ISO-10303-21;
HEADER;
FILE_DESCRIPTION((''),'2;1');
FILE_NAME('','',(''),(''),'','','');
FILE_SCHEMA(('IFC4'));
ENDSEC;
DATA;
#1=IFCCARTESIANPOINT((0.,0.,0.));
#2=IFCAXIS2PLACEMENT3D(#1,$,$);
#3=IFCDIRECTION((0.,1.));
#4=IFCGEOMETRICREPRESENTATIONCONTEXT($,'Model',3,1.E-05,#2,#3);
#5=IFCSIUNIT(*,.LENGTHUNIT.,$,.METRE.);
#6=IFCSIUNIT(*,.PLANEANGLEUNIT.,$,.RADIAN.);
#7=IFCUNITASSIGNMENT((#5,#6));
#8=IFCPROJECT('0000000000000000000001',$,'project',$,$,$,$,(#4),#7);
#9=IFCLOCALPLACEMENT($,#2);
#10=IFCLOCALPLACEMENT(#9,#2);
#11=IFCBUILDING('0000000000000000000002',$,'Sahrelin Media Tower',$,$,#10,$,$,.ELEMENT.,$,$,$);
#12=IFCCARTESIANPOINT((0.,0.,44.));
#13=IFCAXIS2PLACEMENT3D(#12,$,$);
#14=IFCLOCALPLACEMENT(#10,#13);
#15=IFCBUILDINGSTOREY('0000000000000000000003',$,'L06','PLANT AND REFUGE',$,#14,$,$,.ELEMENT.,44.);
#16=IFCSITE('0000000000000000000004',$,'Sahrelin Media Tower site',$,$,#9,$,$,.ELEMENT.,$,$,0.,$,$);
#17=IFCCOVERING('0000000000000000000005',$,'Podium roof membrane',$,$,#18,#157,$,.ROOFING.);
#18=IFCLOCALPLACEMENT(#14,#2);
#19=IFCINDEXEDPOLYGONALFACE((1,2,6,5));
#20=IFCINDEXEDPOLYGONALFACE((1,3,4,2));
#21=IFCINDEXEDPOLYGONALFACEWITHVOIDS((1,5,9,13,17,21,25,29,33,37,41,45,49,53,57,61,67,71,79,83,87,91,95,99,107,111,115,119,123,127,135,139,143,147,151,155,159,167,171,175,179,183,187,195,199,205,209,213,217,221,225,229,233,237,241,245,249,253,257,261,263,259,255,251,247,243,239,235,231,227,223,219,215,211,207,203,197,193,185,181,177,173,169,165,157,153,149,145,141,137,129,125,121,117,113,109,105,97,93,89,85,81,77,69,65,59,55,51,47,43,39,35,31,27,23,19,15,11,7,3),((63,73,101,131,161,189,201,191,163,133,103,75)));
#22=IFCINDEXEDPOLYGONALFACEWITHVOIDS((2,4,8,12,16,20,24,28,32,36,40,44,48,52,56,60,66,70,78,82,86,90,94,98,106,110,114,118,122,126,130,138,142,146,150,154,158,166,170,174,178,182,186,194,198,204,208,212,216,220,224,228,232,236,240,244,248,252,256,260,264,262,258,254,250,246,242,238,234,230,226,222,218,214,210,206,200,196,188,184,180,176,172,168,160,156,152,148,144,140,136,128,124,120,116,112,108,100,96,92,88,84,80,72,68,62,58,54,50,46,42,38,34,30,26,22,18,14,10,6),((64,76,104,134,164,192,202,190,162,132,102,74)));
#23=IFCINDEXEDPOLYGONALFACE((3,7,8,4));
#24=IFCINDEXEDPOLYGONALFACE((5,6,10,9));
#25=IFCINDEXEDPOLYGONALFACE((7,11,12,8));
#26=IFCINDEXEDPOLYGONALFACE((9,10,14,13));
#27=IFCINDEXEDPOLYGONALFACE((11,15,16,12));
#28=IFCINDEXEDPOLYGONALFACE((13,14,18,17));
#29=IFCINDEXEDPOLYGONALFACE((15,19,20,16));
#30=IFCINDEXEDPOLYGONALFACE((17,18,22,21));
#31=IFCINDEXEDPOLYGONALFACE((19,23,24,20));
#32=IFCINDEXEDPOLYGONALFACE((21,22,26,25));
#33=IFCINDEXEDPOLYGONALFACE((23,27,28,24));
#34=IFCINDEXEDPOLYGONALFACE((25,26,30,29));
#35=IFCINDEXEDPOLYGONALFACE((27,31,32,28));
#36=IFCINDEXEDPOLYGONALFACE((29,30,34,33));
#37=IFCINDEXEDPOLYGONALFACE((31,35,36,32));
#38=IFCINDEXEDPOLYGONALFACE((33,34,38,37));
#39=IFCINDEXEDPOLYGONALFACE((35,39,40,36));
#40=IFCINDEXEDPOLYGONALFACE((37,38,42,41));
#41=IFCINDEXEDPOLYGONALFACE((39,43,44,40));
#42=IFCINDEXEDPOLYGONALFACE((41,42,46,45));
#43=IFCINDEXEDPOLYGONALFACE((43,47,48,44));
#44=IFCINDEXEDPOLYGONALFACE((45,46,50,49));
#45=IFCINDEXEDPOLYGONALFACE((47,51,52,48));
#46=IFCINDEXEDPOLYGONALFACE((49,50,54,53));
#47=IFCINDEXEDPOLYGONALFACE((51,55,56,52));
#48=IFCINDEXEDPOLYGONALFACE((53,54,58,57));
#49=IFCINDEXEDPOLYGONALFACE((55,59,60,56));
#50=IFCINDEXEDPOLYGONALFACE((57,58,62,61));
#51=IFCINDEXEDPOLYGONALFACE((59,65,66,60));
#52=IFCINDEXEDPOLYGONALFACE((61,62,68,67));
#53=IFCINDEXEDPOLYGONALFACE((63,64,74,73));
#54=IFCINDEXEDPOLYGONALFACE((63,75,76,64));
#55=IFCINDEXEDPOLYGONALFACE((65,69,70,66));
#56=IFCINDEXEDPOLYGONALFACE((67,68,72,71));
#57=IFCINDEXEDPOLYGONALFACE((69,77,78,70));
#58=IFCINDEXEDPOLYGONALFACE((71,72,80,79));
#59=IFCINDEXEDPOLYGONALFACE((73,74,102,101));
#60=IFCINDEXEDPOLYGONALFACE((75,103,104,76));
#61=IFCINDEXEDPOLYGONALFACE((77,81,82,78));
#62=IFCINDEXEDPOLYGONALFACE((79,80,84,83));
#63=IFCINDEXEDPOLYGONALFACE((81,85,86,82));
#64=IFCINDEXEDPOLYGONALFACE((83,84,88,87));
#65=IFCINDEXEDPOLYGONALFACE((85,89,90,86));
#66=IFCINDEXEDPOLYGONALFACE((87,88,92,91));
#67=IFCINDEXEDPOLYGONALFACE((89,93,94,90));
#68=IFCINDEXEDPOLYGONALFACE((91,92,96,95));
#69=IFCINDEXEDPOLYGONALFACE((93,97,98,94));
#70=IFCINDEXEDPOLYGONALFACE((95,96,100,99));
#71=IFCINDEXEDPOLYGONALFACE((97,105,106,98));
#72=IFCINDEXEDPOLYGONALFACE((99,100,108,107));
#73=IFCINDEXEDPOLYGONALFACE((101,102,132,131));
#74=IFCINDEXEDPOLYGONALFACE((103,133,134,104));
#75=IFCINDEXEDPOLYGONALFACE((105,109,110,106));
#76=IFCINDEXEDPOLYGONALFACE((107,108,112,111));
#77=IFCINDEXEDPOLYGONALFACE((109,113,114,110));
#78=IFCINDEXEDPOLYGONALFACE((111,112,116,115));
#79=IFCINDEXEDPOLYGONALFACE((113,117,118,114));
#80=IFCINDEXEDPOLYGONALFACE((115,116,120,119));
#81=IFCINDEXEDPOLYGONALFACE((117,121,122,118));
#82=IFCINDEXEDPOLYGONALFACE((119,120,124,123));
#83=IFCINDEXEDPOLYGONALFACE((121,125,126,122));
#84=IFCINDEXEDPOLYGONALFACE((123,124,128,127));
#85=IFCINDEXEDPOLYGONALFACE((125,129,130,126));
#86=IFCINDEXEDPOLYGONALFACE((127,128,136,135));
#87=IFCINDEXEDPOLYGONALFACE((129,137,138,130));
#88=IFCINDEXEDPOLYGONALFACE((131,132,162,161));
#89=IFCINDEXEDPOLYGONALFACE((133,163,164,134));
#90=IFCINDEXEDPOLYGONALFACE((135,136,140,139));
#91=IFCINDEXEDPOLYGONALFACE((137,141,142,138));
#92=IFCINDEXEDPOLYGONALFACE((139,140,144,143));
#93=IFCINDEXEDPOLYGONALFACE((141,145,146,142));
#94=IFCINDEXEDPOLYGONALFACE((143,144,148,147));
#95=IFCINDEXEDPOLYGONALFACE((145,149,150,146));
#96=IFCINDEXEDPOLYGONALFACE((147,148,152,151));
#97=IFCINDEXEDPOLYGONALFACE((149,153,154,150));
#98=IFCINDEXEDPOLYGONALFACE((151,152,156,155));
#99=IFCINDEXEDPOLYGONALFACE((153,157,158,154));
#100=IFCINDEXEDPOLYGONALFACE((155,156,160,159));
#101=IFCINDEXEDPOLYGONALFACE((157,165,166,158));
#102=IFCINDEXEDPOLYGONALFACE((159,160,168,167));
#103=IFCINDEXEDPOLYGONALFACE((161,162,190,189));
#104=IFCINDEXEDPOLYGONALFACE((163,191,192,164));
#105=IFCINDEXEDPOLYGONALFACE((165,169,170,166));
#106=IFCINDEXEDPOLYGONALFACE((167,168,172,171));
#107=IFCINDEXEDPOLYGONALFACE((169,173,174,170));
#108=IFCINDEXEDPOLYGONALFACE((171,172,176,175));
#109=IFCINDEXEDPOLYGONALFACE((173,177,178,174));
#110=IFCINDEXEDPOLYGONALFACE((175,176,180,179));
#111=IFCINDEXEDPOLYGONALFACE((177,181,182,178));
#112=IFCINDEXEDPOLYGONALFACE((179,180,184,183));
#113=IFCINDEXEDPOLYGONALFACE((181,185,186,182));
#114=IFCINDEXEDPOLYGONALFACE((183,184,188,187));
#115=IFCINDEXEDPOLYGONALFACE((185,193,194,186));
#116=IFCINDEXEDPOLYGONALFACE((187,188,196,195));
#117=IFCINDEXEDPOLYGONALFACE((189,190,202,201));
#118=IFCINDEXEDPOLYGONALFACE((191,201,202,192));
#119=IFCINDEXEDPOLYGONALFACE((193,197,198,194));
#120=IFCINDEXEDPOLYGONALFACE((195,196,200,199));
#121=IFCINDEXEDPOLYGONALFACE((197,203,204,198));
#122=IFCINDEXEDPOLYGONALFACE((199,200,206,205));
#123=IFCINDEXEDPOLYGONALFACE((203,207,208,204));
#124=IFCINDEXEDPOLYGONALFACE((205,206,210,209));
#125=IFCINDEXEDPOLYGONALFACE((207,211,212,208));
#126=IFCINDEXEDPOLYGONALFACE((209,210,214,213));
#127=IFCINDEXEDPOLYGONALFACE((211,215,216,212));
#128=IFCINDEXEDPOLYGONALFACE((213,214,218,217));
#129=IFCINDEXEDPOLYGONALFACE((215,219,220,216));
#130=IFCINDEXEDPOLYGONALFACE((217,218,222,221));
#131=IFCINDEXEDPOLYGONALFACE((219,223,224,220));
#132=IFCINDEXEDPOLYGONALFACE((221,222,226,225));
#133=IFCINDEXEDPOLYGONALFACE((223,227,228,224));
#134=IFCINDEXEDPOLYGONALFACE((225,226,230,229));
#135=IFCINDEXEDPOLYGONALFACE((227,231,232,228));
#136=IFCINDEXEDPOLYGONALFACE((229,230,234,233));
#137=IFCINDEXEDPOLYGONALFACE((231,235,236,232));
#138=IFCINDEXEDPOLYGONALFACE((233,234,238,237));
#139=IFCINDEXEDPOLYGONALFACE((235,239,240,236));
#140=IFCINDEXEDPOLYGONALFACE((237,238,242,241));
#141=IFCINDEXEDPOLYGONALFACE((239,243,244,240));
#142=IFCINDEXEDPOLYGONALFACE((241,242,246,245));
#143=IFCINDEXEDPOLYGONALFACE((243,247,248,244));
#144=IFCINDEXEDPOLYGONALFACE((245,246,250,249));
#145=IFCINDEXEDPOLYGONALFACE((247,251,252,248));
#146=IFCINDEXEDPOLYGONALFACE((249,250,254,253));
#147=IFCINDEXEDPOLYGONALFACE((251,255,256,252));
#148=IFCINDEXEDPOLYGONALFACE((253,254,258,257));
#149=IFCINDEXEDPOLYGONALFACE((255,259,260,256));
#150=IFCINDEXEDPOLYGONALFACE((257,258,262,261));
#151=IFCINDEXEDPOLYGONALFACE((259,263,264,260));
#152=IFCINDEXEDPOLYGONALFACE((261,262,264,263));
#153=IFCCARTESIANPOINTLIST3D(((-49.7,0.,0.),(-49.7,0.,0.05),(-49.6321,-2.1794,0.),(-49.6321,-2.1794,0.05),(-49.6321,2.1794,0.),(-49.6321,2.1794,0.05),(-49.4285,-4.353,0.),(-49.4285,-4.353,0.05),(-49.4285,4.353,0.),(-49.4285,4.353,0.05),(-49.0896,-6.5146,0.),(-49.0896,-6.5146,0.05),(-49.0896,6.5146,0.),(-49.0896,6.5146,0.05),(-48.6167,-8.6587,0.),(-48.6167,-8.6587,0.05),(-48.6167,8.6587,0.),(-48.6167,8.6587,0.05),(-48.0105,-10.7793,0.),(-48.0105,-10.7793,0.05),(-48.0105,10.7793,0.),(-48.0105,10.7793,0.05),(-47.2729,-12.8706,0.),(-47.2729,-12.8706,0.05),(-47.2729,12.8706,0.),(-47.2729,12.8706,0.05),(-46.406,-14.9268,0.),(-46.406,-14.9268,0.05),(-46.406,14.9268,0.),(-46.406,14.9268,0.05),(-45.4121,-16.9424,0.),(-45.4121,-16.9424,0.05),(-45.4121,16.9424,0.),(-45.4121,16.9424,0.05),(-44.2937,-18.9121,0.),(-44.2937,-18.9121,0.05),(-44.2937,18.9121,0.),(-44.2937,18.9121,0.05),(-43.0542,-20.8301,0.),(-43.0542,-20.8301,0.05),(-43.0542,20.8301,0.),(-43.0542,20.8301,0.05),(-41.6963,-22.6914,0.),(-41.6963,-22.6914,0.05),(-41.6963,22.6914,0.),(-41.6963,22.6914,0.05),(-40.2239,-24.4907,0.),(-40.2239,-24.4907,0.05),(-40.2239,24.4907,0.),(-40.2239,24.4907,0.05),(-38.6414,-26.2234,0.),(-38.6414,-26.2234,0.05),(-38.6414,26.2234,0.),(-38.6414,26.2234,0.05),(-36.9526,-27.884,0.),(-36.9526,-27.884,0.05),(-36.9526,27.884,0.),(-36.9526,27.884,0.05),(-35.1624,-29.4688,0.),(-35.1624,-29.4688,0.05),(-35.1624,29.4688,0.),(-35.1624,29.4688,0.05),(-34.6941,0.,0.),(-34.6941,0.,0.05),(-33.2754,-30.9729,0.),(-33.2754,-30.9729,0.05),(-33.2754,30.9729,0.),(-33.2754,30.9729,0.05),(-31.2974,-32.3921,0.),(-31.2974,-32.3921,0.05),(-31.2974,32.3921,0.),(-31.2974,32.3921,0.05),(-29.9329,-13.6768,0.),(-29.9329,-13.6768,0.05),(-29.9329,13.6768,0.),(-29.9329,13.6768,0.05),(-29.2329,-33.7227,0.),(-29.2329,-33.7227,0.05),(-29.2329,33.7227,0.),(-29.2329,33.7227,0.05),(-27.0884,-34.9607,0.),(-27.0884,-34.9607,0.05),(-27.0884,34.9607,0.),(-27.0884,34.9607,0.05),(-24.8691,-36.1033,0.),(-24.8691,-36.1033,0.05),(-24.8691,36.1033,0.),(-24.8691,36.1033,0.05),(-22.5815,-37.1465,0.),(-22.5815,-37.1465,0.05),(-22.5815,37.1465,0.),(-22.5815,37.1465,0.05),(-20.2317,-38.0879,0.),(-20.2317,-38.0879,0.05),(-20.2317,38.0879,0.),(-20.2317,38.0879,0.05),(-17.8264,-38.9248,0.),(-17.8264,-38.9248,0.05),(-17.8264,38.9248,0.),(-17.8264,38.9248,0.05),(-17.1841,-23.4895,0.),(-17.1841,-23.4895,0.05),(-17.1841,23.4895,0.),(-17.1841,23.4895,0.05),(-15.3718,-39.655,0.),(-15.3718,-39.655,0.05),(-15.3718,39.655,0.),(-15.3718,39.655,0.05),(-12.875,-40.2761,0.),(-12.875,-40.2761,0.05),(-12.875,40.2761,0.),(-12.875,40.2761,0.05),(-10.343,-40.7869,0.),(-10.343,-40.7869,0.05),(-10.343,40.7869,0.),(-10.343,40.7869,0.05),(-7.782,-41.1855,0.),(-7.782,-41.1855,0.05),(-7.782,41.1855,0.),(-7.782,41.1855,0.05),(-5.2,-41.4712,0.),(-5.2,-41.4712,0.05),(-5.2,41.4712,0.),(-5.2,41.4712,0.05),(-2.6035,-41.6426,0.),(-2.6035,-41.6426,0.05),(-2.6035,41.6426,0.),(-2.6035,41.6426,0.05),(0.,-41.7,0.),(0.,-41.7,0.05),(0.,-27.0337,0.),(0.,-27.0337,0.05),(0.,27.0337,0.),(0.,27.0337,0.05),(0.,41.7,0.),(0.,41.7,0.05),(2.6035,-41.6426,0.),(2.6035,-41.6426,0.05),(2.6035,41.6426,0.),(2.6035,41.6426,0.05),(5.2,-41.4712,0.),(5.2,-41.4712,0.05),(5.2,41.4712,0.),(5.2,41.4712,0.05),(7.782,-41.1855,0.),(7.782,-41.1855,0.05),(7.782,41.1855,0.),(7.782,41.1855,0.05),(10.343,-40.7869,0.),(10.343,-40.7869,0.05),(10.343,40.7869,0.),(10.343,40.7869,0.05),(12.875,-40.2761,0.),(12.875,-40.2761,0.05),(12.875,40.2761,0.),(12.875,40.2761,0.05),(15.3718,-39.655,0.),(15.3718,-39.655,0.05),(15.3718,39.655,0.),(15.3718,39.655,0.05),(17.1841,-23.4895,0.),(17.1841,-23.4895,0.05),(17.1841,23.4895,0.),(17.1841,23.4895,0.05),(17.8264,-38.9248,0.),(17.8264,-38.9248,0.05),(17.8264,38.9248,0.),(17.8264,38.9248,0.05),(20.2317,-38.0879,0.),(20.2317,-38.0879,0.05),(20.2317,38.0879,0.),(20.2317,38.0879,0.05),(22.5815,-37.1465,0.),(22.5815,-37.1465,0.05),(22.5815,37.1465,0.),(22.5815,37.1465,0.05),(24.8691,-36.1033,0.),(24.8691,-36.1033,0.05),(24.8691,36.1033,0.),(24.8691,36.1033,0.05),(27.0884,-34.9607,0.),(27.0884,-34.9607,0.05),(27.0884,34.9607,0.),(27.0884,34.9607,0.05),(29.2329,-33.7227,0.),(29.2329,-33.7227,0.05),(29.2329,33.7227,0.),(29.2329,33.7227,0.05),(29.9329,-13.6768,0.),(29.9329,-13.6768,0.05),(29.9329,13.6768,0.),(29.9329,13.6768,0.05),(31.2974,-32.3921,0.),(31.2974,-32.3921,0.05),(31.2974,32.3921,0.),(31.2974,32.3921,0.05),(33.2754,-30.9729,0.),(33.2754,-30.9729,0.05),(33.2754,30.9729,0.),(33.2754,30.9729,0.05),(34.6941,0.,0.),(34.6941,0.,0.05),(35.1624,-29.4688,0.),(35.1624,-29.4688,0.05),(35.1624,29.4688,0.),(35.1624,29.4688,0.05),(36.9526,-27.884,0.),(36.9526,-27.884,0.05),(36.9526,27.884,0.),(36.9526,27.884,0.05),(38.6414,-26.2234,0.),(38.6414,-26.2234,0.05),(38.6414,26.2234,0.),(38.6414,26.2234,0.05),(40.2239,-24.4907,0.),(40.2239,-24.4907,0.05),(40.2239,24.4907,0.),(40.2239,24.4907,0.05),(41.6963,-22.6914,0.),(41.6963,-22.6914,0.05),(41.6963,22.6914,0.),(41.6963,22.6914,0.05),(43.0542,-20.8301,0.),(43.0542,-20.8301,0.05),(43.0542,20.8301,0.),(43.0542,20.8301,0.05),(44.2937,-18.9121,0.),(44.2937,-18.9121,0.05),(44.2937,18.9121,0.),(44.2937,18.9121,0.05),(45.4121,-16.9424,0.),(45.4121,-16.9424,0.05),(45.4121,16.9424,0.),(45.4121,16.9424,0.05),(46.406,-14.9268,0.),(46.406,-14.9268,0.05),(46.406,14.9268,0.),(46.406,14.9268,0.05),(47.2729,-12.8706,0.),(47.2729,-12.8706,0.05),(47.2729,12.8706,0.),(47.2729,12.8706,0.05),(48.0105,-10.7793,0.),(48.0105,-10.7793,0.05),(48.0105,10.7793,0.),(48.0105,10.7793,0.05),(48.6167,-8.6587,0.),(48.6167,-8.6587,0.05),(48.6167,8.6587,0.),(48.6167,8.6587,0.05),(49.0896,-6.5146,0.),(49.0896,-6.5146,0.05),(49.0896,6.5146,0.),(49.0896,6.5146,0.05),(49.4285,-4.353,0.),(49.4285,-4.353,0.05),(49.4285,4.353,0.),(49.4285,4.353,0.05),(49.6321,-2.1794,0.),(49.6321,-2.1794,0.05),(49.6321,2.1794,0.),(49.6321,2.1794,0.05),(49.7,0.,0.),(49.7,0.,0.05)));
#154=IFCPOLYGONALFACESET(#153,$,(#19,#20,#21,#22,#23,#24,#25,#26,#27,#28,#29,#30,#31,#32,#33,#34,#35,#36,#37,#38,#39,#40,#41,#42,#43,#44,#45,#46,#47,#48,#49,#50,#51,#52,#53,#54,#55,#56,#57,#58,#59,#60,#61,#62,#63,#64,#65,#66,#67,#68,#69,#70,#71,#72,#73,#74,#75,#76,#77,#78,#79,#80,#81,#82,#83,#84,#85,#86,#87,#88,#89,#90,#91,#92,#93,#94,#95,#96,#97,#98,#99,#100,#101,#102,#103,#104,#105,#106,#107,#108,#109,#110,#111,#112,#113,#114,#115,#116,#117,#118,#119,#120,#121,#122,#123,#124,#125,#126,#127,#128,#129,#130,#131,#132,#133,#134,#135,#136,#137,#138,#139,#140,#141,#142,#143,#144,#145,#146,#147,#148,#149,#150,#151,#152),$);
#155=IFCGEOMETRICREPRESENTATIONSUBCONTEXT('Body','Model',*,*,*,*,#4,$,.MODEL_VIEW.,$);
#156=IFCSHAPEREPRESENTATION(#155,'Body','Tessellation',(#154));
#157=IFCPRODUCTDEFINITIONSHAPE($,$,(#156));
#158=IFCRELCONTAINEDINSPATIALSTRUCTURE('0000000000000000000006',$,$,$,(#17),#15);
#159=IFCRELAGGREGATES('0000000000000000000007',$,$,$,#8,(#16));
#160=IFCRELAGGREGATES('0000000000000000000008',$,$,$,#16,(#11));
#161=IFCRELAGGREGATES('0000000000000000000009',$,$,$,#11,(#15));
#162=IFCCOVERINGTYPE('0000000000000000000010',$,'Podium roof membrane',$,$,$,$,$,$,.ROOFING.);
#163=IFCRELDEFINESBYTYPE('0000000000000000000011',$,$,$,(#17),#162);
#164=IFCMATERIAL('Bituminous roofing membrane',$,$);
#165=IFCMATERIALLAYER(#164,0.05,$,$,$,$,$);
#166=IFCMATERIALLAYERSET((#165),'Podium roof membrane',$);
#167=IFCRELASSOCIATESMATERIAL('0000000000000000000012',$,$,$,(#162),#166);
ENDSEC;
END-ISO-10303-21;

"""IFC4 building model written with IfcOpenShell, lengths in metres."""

from ifc_helpers import new_model, si_unit, direction, frame, origin, place, context, subcontext, project, spatial, polyline, outline, extrude, material, layer, layer_set, type_object, element, save


model = new_model("IFC4")

# Units and contexts
model_context = context("Model", 3, precision=1e-05, world=origin(), true_north=direction((0.0, 1.0)))
body_context = subcontext(model_context, "Body", "Model", "MODEL_VIEW")
ifc_project = project(units=[si_unit("LENGTHUNIT", "METRE"), si_unit("PLANEANGLEUNIT", "RADIAN")], contexts=[model_context])

# Site, building, storey
site_placement = place(None, origin())
site = spatial("IfcSite", under=ifc_project, at=site_placement, Name="Sahrelin Media Tower site", CompositionType="ELEMENT", RefElevation=0.0)
building_placement = place(site_placement, origin())
building = spatial("IfcBuilding", under=site, at=building_placement, Name="Sahrelin Media Tower", CompositionType="ELEMENT")
storey_placement = place(building_placement, frame((0.0, 0.0, 44.0)))
storey = spatial("IfcBuildingStorey", under=building, at=storey_placement, Name="L06", Description="PLANT AND REFUGE", CompositionType="ELEMENT", Elevation=44.0)

# Shared definitions
placement = place(storey_placement, origin())

# Covering
ifc_material_1 = material(Name="Bituminous roofing membrane")
ifc_layer_1 = layer(ifc_material_1, 0.05)
ifc_layer_set_1 = layer_set([ifc_layer_1], Name="Podium roof membrane")
covering_type = type_object("IfcCoveringType", Name="Podium roof membrane", PredefinedType="ROOFING", material=ifc_layer_set_1)
element("IfcCovering", 1, at=placement, inside=storey, type_object=covering_type, Name="Podium roof membrane", PredefinedType="ROOFING", context=body_context, shape_type="SweptSolid", body=[
    extrude(outline(polyline([(49.6321, -2.1794), (49.4285, -4.353), (49.0896, -6.5146), (48.6167, -8.6587), (48.0105, -10.7793), (47.2729, -12.8706), (46.406, -14.9268), (45.4121, -16.9424), (44.2937, -18.9121), (43.0542, -20.8301), (41.6963, -22.6914), (40.2239, -24.4907), (38.6414, -26.2234), (36.9526, -27.884), (35.1624, -29.4688), (33.2754, -30.9729), (31.2974, -32.3921), (29.2329, -33.7227), (27.0884, -34.9607), (24.8691, -36.1033), (22.5815, -37.1465), (20.2317, -38.0879), (17.8264, -38.9248), (15.3718, -39.655), (12.875, -40.2761), (10.343, -40.7869), (7.782, -41.1855), (5.2, -41.4712), (2.6035, -41.6426), (0.0, -41.7), (-2.6035, -41.6426), (-5.2, -41.4712), (-7.782, -41.1855), (-10.343, -40.7869), (-12.875, -40.2761), (-15.3718, -39.655), (-17.8264, -38.9248), (-20.2317, -38.0879), (-22.5815, -37.1465), (-24.8691, -36.1033), (-27.0884, -34.9607), (-29.2329, -33.7227), (-31.2974, -32.3921), (-33.2754, -30.9729), (-35.1624, -29.4688), (-36.9526, -27.884), (-38.6414, -26.2234), (-40.2239, -24.4907), (-41.6963, -22.6914), (-43.0542, -20.8301), (-44.2937, -18.9121), (-45.4121, -16.9424), (-46.406, -14.9268), (-47.2729, -12.8706), (-48.0105, -10.7793), (-48.6167, -8.6587), (-49.0896, -6.5146), (-49.4285, -4.353), (-49.6321, -2.1794), (-49.7, 0.0), (-49.6321, 2.1794), (-49.4285, 4.353), (-49.0896, 6.5146), (-48.6167, 8.6587), (-48.0105, 10.7793), (-47.2729, 12.8706), (-46.406, 14.9268), (-45.4121, 16.9424), (-44.2937, 18.9121), (-43.0542, 20.8301), (-41.6963, 22.6914), (-40.2239, 24.4907), (-38.6414, 26.2234), (-36.9526, 27.884), (-35.1624, 29.4688), (-33.2754, 30.9729), (-31.2974, 32.3921), (-29.2329, 33.7227), (-27.0884, 34.9607), (-24.8691, 36.1033), (-22.5815, 37.1465), (-20.2317, 38.0879), (-17.8264, 38.9248), (-15.3718, 39.655), (-12.875, 40.2761), (-10.343, 40.7869), (-7.782, 41.1855), (-5.2, 41.4712), (-2.6035, 41.6426), (0.0, 41.7), (2.6035, 41.6426), (5.2, 41.4712), (7.782, 41.1855), (10.343, 40.7869), (12.875, 40.2761), (15.3718, 39.655), (17.8264, 38.9248), (20.2317, 38.0879), (22.5815, 37.1465), (24.8691, 36.1033), (27.0884, 34.9607), (29.2329, 33.7227), (31.2974, 32.3921), (33.2754, 30.9729), (35.1624, 29.4688), (36.9526, 27.884), (38.6414, 26.2234), (40.2239, 24.4907), (41.6963, 22.6914), (43.0542, 20.8301), (44.2937, 18.9121), (45.4121, 16.9424), (46.406, 14.9268), (47.2729, 12.8706), (48.0105, 10.7793), (48.6167, 8.6587), (49.0896, 6.5146), (49.4285, 4.353), (49.6321, 2.1794), (49.7, 0.0), (49.6321, -2.1794)]), holes=[polyline([(29.9329, 13.6768), (17.1841, 23.4895), (0.0, 27.0337), (-17.1841, 23.4895), (-29.9329, 13.6768), (-34.6941, 0.0), (-29.9329, -13.6768), (-17.1841, -23.4895), (0.0, -27.0337), (17.1841, -23.4895), (29.9329, -13.6768), (34.6941, 0.0), (29.9329, 13.6768)])]), origin(), (0.0, 0.0, 1.0), 0.05),
])

save(model, "model.ifc")
